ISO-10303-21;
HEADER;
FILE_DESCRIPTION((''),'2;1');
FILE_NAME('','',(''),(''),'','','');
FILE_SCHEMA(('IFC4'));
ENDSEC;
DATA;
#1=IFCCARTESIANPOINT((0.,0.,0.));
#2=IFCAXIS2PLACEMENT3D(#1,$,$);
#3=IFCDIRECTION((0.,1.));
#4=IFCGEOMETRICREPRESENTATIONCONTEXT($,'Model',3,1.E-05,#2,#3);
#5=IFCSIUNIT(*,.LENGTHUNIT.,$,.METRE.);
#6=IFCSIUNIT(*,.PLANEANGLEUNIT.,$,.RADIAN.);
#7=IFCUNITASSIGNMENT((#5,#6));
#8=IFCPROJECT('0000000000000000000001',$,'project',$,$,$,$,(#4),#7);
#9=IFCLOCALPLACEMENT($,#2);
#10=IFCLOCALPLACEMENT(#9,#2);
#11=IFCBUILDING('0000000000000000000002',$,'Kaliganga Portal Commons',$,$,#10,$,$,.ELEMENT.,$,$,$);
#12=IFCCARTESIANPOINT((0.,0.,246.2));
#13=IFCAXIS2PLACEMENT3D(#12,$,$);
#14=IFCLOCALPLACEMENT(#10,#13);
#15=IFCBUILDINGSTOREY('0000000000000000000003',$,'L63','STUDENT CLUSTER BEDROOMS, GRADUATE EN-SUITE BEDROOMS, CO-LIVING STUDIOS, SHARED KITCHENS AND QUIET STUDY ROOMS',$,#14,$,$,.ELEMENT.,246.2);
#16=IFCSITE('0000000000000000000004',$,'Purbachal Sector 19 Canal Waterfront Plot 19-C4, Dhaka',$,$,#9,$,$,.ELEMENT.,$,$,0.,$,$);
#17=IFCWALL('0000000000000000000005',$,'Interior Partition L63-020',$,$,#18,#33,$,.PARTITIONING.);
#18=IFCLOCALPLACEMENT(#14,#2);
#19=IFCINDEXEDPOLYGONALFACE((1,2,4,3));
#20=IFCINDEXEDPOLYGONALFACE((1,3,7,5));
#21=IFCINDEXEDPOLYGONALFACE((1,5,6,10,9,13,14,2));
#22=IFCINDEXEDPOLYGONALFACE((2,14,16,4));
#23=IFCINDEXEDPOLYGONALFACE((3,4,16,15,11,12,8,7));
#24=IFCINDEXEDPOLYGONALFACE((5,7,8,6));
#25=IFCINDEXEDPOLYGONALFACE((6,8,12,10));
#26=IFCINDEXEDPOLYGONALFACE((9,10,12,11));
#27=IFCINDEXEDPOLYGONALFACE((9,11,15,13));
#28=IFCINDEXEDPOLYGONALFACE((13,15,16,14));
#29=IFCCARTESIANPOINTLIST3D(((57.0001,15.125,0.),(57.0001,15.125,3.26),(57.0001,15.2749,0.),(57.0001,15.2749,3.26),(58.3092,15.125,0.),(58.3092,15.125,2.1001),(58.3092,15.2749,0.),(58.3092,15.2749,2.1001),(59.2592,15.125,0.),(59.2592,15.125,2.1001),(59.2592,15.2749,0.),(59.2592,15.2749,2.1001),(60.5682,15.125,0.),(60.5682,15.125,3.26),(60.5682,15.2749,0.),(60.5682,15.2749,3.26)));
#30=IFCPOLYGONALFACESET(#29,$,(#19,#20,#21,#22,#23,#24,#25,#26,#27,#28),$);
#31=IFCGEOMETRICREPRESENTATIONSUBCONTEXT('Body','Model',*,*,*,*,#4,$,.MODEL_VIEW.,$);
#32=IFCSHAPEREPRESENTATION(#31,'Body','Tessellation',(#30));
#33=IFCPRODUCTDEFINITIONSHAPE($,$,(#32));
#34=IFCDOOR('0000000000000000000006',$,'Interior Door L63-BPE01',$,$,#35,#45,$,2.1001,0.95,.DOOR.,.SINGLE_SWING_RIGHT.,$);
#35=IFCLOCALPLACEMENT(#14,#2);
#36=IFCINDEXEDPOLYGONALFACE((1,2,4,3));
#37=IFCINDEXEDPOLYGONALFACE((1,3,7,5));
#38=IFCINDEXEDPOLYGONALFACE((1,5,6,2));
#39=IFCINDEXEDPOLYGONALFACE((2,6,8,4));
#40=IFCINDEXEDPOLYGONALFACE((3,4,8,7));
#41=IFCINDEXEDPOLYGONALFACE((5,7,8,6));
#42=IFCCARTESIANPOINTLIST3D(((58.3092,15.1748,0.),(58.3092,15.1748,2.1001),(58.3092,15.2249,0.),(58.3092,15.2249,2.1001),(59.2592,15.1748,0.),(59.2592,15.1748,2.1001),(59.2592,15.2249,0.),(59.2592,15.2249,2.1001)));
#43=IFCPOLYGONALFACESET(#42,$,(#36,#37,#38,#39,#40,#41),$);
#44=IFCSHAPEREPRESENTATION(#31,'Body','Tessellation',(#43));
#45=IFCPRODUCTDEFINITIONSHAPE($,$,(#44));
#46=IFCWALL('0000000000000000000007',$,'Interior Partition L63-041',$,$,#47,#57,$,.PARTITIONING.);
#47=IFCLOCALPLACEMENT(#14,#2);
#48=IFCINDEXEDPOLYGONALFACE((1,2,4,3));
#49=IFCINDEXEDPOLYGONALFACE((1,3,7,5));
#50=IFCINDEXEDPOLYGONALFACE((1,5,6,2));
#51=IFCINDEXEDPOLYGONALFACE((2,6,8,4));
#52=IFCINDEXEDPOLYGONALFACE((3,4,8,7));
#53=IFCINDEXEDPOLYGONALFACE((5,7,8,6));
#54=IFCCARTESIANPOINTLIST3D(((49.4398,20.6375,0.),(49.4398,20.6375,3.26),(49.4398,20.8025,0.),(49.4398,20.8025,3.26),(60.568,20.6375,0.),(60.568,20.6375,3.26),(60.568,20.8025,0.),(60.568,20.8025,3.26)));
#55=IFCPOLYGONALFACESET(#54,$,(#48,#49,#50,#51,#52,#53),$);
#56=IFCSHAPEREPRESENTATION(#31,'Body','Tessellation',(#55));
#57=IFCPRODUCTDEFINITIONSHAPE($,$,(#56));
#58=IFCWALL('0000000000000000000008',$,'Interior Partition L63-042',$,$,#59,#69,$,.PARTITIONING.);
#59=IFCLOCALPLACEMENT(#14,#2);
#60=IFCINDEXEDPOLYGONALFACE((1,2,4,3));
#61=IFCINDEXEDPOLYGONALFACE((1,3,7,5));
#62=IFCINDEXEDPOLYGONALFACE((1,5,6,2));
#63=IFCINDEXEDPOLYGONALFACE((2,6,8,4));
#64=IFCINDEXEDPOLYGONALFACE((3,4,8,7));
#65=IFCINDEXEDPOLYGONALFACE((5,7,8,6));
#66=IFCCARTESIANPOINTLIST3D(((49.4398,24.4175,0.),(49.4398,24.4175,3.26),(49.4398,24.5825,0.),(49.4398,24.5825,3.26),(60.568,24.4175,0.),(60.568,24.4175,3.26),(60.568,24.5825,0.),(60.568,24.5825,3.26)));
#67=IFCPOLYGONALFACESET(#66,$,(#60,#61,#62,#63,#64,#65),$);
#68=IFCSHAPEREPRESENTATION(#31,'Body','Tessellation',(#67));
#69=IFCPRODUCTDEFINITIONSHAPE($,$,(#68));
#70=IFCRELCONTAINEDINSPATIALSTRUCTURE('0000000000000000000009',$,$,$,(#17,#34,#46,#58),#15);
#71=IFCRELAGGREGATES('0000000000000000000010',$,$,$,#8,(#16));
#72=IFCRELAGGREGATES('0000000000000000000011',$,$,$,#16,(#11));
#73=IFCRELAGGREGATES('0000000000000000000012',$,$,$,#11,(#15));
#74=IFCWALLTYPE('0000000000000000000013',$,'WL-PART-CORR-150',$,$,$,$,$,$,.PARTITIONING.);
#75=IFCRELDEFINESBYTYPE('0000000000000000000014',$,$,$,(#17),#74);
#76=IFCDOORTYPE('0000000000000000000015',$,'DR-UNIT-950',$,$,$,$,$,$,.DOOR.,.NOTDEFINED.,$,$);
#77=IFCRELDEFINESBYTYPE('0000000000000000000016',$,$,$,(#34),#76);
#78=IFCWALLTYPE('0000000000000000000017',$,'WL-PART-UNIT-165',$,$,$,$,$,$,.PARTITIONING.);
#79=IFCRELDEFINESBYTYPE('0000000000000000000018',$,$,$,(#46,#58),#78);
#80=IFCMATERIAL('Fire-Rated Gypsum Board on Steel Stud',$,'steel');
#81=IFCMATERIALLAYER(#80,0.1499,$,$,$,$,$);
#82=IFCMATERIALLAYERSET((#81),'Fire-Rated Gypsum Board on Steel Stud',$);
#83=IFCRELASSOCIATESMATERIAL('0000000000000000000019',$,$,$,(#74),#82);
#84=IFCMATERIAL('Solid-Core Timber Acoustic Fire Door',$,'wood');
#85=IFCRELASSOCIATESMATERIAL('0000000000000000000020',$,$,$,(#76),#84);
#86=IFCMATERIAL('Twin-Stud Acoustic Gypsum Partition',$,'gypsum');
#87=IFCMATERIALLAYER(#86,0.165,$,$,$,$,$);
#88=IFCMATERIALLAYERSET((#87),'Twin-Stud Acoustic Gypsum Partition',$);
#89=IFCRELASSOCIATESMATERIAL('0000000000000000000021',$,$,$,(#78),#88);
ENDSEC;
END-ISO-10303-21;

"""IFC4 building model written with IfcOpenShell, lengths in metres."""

from ifc_helpers import new_model, si_unit, direction, frame, frame_2d, origin, place, context, subcontext, project, spatial, rectangle, extrude, material, layer, layer_set, type_object, element, fill, save


model = new_model("IFC4")

# Units and contexts
model_context = context("Model", 3, precision=1e-05, world=origin(), true_north=direction((0.0, 1.0)))
body_context = subcontext(model_context, "Body", "Model", "MODEL_VIEW")
ifc_project = project(units=[si_unit("LENGTHUNIT", "METRE"), si_unit("PLANEANGLEUNIT", "RADIAN")], contexts=[model_context])

# Site, building, storey
site_placement = place(None, origin())
site = spatial("IfcSite", under=ifc_project, at=site_placement, Name="Purbachal Sector 19 Canal Waterfront Plot 19-C4, Dhaka", CompositionType="ELEMENT", RefElevation=0.0)
building_placement = place(site_placement, origin())
building = spatial("IfcBuilding", under=site, at=building_placement, Name="Kaliganga Portal Commons", CompositionType="ELEMENT")
storey_placement = place(building_placement, frame((0.0, 0.0, 246.2)))
storey = spatial("IfcBuildingStorey", under=building, at=storey_placement, Name="L63", Description="STUDENT CLUSTER BEDROOMS, GRADUATE EN-SUITE BEDROOMS, CO-LIVING STUDIOS, SHARED KITCHENS AND QUIET STUDY ROOMS", CompositionType="ELEMENT", Elevation=246.2)

# Shared definitions
ifc_material_1 = material(Name="Fire-Rated Gypsum Board on Steel Stud", Category="steel")
ifc_layer_1 = layer(ifc_material_1, 0.1499)
ifc_layer_set_1 = layer_set([ifc_layer_1], Name="Fire-Rated Gypsum Board on Steel Stud")
wall_type_1 = type_object("IfcWallType", Name="WL-PART-CORR-150", PredefinedType="PARTITIONING", material=ifc_layer_set_1)
ifc_material_2 = material(Name="Solid-Core Timber Acoustic Fire Door", Category="wood")
door_type = type_object("IfcDoorType", Name="DR-UNIT-950", OperationType="NOTDEFINED", PredefinedType="DOOR", material=ifc_material_2)

# Wall, opening, door
wall_1_placement = place(storey_placement, frame((57.0, 15.2, 0.0), z_axis=(0.0, 0.0, 1.0), x_axis=(1.0, 0.0, 0.0)))
wall_1 = element("IfcWall", 1, at=wall_1_placement, inside=storey, type_object=wall_type_1, Name="Interior Partition L63-020", PredefinedType="PARTITIONING", context=body_context, shape_type="SweptSolid", body=[
    extrude(rectangle(XDim=3.5681, YDim=0.1499, at=frame_2d((1.7842, 0.0))), origin(), (0.0, 0.0, 1.0), 3.26),
])
opening_1_placement = place(wall_1_placement, frame((1.3091, 0.0, 0.0)))
opening_1 = element("IfcOpeningElement", 2, at=opening_1_placement, cuts=wall_1, PredefinedType="OPENING", context=body_context, shape_type="SweptSolid", body=[
    extrude(rectangle(XDim=0.95, YDim=2.1001, at=frame_2d((0.4751, 1.05))), frame((0.0, 0.085, 0.0), z_axis=(0.0, -1.0, 0.0), x_axis=(1.0, 0.0, 0.0)), (0.0, 0.0, 1.0), 0.1699),
])
door_1_placement = place(opening_1_placement, origin())
door_1 = element("IfcDoor", 3, at=door_1_placement, inside=storey, type_object=door_type, Name="Interior Door L63-BPE01", OperationType="SINGLE_SWING_RIGHT", OverallHeight=2.1001, OverallWidth=0.95, PredefinedType="DOOR", context=body_context, shape_type="SweptSolid", body=[
    extrude(rectangle(XDim=0.95, YDim=2.1001, at=frame_2d((0.4751, 1.05))), frame((0.0, 0.0249, 0.0), z_axis=(0.0, -1.0, 0.0), x_axis=(1.0, 0.0, 0.0)), (0.0, 0.0, 1.0), 0.05),
])
fill(opening_1, door_1)

# Walls
ifc_material_3 = material(Name="Twin-Stud Acoustic Gypsum Partition", Category="gypsum")
ifc_layer_2 = layer(ifc_material_3, 0.165)
ifc_layer_set_2 = layer_set([ifc_layer_2], Name="Twin-Stud Acoustic Gypsum Partition")
wall_type_2 = type_object("IfcWallType", Name="WL-PART-UNIT-165", PredefinedType="PARTITIONING", material=ifc_layer_set_2)
for number, where, z_axis, x_axis, name in (
    (4, (49.4399, 20.72, 0.0), (0.0, 0.0, 1.0), (1.0, 0.0, 0.0), "Interior Partition L63-041"),
    (5, (49.4399, 24.5, 0.0), (0.0, 0.0, 1.0), (1.0, 0.0, 0.0), "Interior Partition L63-042"),
):
    element("IfcWall", number, at=place(storey_placement, frame(where, z_axis=z_axis, x_axis=x_axis)), inside=storey, type_object=wall_type_2, Name=name, PredefinedType="PARTITIONING", context=body_context, shape_type="SweptSolid", body=[
        extrude(rectangle(XDim=11.1282, YDim=0.165, at=frame_2d((5.564, 0.0))), origin(), (0.0, 0.0, 1.0), 3.26),
    ])

save(model, "model.ifc")
